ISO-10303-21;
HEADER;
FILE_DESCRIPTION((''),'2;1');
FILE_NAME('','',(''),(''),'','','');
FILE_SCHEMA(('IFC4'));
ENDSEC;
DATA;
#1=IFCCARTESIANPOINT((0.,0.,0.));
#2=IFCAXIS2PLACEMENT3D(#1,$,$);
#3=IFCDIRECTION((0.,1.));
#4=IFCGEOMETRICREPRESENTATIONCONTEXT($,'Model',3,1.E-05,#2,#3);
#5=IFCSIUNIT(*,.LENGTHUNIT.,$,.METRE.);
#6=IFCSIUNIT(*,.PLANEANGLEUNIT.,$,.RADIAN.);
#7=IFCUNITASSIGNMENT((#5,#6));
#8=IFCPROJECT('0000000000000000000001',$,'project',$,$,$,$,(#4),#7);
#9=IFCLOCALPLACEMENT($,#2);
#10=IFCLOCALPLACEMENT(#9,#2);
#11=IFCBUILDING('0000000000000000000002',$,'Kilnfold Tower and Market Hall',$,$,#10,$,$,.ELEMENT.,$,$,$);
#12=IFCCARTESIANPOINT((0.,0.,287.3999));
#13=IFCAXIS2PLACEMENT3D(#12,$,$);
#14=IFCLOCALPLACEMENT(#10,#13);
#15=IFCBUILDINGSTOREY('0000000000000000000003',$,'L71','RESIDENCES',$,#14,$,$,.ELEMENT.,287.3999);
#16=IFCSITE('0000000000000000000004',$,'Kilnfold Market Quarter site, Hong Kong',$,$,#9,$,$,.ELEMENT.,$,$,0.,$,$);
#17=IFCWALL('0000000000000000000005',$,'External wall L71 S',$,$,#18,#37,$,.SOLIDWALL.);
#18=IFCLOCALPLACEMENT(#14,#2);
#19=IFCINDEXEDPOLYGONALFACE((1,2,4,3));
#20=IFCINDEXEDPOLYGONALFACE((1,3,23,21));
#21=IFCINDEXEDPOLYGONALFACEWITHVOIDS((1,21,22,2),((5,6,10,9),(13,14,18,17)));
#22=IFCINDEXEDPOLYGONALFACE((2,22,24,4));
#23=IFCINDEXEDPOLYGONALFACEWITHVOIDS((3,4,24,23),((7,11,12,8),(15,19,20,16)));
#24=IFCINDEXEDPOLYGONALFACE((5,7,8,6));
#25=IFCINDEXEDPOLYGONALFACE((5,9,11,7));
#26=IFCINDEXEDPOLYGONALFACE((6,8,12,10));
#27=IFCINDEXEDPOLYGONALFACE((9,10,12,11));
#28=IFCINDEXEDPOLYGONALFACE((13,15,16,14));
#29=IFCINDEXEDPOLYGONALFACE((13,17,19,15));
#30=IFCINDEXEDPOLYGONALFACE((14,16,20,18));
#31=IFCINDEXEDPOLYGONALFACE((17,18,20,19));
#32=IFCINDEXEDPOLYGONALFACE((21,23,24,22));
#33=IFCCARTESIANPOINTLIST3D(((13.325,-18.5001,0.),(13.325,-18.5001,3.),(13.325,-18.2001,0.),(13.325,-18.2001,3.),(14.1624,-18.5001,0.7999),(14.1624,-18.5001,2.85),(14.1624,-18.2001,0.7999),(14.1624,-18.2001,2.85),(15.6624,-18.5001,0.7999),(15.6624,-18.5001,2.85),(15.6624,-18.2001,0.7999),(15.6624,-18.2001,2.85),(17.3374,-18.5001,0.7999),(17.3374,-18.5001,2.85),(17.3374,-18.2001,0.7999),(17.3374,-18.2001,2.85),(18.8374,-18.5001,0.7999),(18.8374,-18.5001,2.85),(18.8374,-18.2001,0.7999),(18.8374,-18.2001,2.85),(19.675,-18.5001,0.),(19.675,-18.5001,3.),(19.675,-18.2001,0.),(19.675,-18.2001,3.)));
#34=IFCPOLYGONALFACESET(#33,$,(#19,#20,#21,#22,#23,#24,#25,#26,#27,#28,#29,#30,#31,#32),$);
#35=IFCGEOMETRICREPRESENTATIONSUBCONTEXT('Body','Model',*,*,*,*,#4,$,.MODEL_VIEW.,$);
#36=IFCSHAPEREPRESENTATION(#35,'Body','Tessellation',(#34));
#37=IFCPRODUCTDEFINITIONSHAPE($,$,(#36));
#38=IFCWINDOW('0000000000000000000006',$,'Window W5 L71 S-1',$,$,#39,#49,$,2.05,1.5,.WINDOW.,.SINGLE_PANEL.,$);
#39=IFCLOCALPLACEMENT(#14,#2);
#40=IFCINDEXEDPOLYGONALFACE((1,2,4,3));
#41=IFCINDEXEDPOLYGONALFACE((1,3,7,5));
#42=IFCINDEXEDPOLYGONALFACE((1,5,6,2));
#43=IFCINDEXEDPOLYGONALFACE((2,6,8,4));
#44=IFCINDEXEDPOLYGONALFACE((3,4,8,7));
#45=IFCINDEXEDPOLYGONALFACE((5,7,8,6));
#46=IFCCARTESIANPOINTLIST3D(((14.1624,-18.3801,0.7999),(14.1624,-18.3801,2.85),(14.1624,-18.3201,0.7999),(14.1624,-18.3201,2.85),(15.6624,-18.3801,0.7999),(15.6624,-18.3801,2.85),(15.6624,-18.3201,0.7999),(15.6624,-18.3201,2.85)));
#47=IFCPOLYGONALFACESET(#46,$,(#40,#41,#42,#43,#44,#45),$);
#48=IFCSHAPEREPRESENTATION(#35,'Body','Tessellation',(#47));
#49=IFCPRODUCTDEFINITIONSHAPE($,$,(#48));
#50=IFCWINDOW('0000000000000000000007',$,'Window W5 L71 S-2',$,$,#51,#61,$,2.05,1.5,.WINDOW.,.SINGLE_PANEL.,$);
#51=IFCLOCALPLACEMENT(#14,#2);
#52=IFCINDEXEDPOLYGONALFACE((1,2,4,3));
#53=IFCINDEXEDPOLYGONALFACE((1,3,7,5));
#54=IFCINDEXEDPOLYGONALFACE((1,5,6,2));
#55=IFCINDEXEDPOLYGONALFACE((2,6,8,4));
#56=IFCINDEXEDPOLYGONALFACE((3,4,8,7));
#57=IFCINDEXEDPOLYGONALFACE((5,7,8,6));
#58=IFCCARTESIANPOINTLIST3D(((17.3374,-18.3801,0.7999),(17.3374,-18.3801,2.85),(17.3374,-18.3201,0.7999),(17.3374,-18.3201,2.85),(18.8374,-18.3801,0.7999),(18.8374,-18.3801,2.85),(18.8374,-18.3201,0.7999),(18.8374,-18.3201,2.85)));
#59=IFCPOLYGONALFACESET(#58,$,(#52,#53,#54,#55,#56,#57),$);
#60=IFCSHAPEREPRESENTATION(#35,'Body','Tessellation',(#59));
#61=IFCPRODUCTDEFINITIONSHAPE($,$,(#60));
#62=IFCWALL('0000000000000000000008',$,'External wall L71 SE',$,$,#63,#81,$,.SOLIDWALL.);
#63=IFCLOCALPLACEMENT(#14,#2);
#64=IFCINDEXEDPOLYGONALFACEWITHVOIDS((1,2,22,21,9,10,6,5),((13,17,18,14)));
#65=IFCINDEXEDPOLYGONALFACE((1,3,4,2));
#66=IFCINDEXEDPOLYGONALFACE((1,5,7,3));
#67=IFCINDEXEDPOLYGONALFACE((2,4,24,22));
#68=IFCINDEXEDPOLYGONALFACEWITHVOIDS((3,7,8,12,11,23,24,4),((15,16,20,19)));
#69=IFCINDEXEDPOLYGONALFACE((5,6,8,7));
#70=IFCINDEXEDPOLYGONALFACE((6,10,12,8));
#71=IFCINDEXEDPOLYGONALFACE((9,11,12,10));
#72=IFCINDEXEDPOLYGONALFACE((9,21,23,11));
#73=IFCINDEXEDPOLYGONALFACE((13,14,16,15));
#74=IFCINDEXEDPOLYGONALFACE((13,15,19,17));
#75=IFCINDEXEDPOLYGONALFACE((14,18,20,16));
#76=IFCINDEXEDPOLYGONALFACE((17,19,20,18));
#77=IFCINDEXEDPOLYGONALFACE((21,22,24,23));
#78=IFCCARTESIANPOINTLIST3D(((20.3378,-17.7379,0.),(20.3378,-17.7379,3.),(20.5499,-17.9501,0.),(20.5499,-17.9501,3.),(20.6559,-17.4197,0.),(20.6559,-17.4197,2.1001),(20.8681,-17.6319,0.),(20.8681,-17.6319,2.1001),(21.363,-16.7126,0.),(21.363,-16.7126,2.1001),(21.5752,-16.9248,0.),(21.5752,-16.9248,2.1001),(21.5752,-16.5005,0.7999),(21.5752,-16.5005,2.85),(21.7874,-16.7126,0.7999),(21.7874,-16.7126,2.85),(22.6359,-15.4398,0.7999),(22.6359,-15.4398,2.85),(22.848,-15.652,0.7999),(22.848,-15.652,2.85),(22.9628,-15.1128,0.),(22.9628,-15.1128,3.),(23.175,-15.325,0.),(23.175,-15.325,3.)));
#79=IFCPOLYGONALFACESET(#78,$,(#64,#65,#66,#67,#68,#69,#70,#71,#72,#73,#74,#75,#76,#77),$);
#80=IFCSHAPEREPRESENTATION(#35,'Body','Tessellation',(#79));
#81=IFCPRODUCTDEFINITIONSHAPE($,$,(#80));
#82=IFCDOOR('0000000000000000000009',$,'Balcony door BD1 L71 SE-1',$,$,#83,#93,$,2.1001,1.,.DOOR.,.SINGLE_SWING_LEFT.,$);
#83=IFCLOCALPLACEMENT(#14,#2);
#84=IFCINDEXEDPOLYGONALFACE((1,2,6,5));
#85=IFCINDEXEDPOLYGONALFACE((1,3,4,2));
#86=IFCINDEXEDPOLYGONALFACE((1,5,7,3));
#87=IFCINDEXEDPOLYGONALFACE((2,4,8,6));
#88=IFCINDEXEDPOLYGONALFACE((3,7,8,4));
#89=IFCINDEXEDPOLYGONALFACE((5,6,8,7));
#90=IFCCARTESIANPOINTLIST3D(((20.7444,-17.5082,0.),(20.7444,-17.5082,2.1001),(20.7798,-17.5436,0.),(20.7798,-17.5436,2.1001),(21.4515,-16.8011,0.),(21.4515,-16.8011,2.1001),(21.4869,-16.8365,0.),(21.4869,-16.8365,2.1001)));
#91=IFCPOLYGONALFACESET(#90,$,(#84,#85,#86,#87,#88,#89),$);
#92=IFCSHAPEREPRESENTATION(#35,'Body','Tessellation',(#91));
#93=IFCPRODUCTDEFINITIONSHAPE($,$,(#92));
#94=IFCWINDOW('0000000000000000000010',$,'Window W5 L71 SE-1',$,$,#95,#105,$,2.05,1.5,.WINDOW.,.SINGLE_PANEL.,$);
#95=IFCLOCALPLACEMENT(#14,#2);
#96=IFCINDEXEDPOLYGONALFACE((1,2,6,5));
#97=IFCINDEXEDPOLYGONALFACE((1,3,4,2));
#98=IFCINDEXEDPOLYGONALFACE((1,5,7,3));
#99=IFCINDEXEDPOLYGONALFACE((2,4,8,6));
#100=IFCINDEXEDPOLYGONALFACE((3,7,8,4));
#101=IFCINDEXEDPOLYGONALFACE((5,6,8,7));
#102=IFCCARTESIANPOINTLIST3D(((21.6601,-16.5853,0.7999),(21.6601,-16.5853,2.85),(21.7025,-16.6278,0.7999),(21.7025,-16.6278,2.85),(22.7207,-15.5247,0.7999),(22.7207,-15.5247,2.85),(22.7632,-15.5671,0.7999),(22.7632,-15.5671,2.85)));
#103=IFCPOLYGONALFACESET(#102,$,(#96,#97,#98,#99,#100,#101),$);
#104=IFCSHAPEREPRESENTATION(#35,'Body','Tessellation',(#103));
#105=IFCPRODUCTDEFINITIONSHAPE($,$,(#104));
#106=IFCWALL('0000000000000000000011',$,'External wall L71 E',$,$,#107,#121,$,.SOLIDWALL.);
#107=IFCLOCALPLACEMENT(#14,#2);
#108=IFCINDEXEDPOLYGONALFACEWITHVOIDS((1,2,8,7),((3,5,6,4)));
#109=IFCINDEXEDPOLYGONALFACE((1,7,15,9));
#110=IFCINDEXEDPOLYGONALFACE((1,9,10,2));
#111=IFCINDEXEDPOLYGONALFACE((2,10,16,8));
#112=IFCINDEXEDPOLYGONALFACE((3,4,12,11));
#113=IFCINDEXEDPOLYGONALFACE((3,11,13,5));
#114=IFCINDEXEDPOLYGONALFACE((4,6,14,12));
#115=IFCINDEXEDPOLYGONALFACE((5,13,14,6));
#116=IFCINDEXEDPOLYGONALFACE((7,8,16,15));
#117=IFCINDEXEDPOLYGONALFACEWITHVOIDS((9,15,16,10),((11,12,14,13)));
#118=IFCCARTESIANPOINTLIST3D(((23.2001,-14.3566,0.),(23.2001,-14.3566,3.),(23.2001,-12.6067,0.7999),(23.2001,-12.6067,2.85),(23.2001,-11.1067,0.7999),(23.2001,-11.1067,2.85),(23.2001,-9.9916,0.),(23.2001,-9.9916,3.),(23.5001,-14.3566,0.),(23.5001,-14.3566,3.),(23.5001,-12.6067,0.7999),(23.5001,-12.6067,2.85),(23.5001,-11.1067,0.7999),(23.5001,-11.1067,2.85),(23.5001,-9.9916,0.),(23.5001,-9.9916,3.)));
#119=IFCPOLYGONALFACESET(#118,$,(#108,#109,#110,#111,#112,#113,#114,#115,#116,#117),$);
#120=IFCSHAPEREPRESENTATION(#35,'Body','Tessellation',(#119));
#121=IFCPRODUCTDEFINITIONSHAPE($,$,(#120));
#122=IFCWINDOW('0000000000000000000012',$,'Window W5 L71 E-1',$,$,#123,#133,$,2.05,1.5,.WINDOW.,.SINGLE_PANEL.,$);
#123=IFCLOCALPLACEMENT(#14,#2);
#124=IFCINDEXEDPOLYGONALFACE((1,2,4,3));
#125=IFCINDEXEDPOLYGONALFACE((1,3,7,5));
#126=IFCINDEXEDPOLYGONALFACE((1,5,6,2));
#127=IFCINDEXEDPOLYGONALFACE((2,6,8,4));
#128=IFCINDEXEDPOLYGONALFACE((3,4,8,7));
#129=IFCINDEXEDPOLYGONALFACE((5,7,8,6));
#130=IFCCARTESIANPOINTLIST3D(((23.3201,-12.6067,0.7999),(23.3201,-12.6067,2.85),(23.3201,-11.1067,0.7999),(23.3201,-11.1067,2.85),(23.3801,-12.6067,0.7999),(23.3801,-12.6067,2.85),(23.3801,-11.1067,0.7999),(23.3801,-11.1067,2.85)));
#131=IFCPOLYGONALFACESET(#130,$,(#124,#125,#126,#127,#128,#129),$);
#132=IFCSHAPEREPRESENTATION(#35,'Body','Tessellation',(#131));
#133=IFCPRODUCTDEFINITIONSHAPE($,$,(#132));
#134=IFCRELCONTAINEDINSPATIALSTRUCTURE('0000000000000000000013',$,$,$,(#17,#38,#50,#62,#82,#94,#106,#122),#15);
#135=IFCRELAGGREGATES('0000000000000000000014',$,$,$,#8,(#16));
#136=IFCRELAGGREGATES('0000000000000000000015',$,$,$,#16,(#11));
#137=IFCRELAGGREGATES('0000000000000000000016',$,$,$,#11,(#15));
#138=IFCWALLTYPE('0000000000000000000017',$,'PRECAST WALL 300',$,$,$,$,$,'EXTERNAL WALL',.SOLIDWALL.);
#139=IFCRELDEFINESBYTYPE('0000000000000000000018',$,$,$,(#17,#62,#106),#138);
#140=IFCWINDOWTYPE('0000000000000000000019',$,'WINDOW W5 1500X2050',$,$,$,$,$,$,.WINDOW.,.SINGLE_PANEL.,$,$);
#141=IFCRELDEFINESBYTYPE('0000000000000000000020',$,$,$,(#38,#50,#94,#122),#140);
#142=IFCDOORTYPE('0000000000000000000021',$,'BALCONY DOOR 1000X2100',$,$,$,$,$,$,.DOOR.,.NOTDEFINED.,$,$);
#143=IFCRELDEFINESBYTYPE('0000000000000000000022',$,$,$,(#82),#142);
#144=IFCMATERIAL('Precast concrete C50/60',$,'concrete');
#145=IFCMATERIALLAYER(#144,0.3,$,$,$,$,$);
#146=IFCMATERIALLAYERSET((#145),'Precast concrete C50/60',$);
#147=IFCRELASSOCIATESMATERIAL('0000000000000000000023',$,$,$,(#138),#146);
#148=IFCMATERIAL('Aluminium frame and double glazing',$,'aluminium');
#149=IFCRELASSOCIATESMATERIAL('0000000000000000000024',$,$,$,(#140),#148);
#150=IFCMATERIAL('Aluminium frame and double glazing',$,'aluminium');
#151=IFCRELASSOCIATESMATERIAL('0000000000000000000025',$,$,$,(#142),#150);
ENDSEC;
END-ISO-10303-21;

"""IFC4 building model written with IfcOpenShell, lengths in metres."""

from ifc_helpers import new_model, si_unit, direction, frame, frame_2d, origin, place, context, subcontext, project, spatial, rectangle, extrude, source, transform, mapped, material, layer, layer_set, type_object, element, fill, save


model = new_model("IFC4")

# Units and contexts
model_context = context("Model", 3, precision=1e-05, world=origin(), true_north=direction((0.0, 1.0)))
body_context = subcontext(model_context, "Body", "Model", "MODEL_VIEW")
ifc_project = project(units=[si_unit("LENGTHUNIT", "METRE"), si_unit("PLANEANGLEUNIT", "RADIAN")], contexts=[model_context])

# Site, building, storey
site_placement = place(None, origin())
site = spatial("IfcSite", under=ifc_project, at=site_placement, Name="Kilnfold Market Quarter site, Hong Kong", CompositionType="ELEMENT", RefElevation=0.0)
building_placement = place(site_placement, origin())
building = spatial("IfcBuilding", under=site, at=building_placement, Name="Kilnfold Tower and Market Hall", CompositionType="ELEMENT")
storey_placement = place(building_placement, frame((0.0, 0.0, 287.3999)))
storey = spatial("IfcBuildingStorey", under=building, at=storey_placement, Name="L71", Description="RESIDENCES", CompositionType="ELEMENT", Elevation=287.3999)

# Wall, openings, windows
ifc_material_1 = material(Name="Precast concrete C50/60", Category="concrete")
ifc_layer_1 = layer(ifc_material_1, 0.3)
ifc_layer_set_1 = layer_set([ifc_layer_1], Name="Precast concrete C50/60")
wall_type_1 = type_object("IfcWallType", Name="PRECAST WALL 300", ElementType="EXTERNAL WALL", PredefinedType="SOLIDWALL", material=ifc_layer_set_1)
shared_shape_1 = source(origin(), body_context, "Body", "SweptSolid", [
    extrude(rectangle(XDim=6.3501, YDim=0.3, at=frame_2d((3.175, 0.0))), origin(), (0.0, 0.0, 1.0), 3.0),
])
wall_1_placement = place(storey_placement, frame((13.325, -18.3501, 0.0), z_axis=(0.0, 0.0, 1.0), x_axis=(1.0, 0.0, 0.0)))
wall_1 = element("IfcWall", 1, at=wall_1_placement, inside=storey, type_object=wall_type_1, Name="External wall L71 S", PredefinedType="SOLIDWALL", context=body_context, shape_type="MappedRepresentation", body=[
    mapped(shared_shape_1, transform((0.0, 0.0, 0.0))),
])
opening_1_placement = place(wall_1_placement, frame((0.8374, 0.0, 0.8)))
opening_1 = element("IfcOpeningElement", 2, at=opening_1_placement, cuts=wall_1, PredefinedType="OPENING", context=body_context, shape_type="SweptSolid", body=[
    extrude(rectangle(XDim=1.5, YDim=2.05, at=frame_2d((0.75, 1.0249))), frame((0.0, 0.1602, 0.0), z_axis=(0.0, -1.0, 0.0), x_axis=(1.0, 0.0, 0.0)), (0.0, 0.0, 1.0), 0.3201),
])
opening_2_placement = place(wall_1_placement, frame((4.0125, 0.0, 0.8)))
opening_2 = element("IfcOpeningElement", 3, at=opening_2_placement, cuts=wall_1, PredefinedType="OPENING", context=body_context, shape_type="SweptSolid", body=[
    extrude(rectangle(XDim=1.5, YDim=2.05, at=frame_2d((0.75, 1.0249))), frame((0.0, 0.1602, 0.0), z_axis=(0.0, -1.0, 0.0), x_axis=(1.0, 0.0, 0.0)), (0.0, 0.0, 1.0), 0.3201),
])
ifc_material_2 = material(Name="Aluminium frame and double glazing", Category="aluminium")
window_type = type_object("IfcWindowType", Name="WINDOW W5 1500X2050", PartitioningType="SINGLE_PANEL", PredefinedType="WINDOW", material=ifc_material_2)
window_1_placement = place(opening_1_placement, origin())
window_1 = element("IfcWindow", 4, at=window_1_placement, inside=storey, type_object=window_type, Name="Window W5 L71 S-1", OverallHeight=2.05, OverallWidth=1.5, PartitioningType="SINGLE_PANEL", PredefinedType="WINDOW", context=body_context, shape_type="SweptSolid", body=[
    extrude(rectangle(XDim=1.5, YDim=2.05, at=frame_2d((0.75, 1.0249))), frame((0.0, 0.03, 0.0), z_axis=(0.0, -1.0, 0.0), x_axis=(1.0, 0.0, 0.0)), (0.0, 0.0, 1.0), 0.0601),
])
fill(opening_1, window_1)
window_2_placement = place(opening_2_placement, origin())
window_2 = element("IfcWindow", 5, at=window_2_placement, inside=storey, type_object=window_type, Name="Window W5 L71 S-2", OverallHeight=2.05, OverallWidth=1.5, PartitioningType="SINGLE_PANEL", PredefinedType="WINDOW", context=body_context, shape_type="SweptSolid", body=[
    extrude(rectangle(XDim=1.5, YDim=2.05, at=frame_2d((0.75, 1.0249))), frame((0.0, 0.03, 0.0), z_axis=(0.0, -1.0, 0.0), x_axis=(1.0, 0.0, 0.0)), (0.0, 0.0, 1.0), 0.0601),
])
fill(opening_2, window_2)

# Wall, openings, door, window
shared_shape_2 = source(origin(), body_context, "Body", "SweptSolid", [
    extrude(rectangle(XDim=3.7124, YDim=0.3, at=frame_2d((1.8562, 0.0))), origin(), (0.0, 0.0, 1.0), 3.0),
])
wall_2_placement = place(storey_placement, frame((20.4438, -17.844, 0.0), z_axis=(0.0, 0.0, 1.0), x_axis=(0.707107, 0.707107, 0.0)))
wall_2 = element("IfcWall", 6, at=wall_2_placement, inside=storey, type_object=wall_type_1, Name="External wall L71 SE", PredefinedType="SOLIDWALL", context=body_context, shape_type="MappedRepresentation", body=[
    mapped(shared_shape_2, transform((0.0, 0.0, 0.0))),
])
opening_3_placement = place(wall_2_placement, frame((1.75, 0.0, 0.8)))
opening_3 = element("IfcOpeningElement", 7, at=opening_3_placement, cuts=wall_2, PredefinedType="OPENING", context=body_context, shape_type="SweptSolid", body=[
    extrude(rectangle(XDim=1.5, YDim=2.05, at=frame_2d((0.75, 1.0249))), frame((0.0, 0.1602, 0.0), z_axis=(0.0, -1.0, 0.0), x_axis=(1.0, 0.0, 0.0)), (0.0, 0.0, 1.0), 0.3201),
])
opening_4_placement = place(wall_2_placement, frame((0.45, 0.0, 0.0)))
opening_4 = element("IfcOpeningElement", 8, at=opening_4_placement, cuts=wall_2, PredefinedType="OPENING", context=body_context, shape_type="SweptSolid", body=[
    extrude(rectangle(XDim=1.0, YDim=2.1001, at=frame_2d((0.5, 1.05))), frame((0.0, 0.1602, 0.0), z_axis=(0.0, -1.0, 0.0), x_axis=(1.0, 0.0, 0.0)), (0.0, 0.0, 1.0), 0.3201),
])
ifc_material_3 = material(Name="Aluminium frame and double glazing", Category="aluminium")
door_type = type_object("IfcDoorType", Name="BALCONY DOOR 1000X2100", OperationType="NOTDEFINED", PredefinedType="DOOR", material=ifc_material_3)
door_placement = place(opening_4_placement, origin())
door = element("IfcDoor", 9, at=door_placement, inside=storey, type_object=door_type, Name="Balcony door BD1 L71 SE-1", OperationType="SINGLE_SWING_LEFT", OverallHeight=2.1001, OverallWidth=1.0, PredefinedType="DOOR", context=body_context, shape_type="SweptSolid", body=[
    extrude(rectangle(XDim=1.0, YDim=2.1001, at=frame_2d((0.5, 1.05))), frame((0.0, 0.0249, 0.0), z_axis=(0.0, -1.0, 0.0), x_axis=(1.0, 0.0, 0.0)), (0.0, 0.0, 1.0), 0.05),
])
fill(opening_4, door)
window_3_placement = place(opening_3_placement, origin())
window_3 = element("IfcWindow", 10, at=window_3_placement, inside=storey, type_object=window_type, Name="Window W5 L71 SE-1", OverallHeight=2.05, OverallWidth=1.5, PartitioningType="SINGLE_PANEL", PredefinedType="WINDOW", context=body_context, shape_type="SweptSolid", body=[
    extrude(rectangle(XDim=1.5, YDim=2.05, at=frame_2d((0.75, 1.0249))), frame((0.0, 0.03, 0.0), z_axis=(0.0, -1.0, 0.0), x_axis=(1.0, 0.0, 0.0)), (0.0, 0.0, 1.0), 0.0601),
])
fill(opening_3, window_3)

# Wall, opening, window
shared_shape_3 = source(origin(), body_context, "Body", "SweptSolid", [
    extrude(rectangle(XDim=4.365, YDim=0.3, at=frame_2d((2.1826, 0.0))), origin(), (0.0, 0.0, 1.0), 3.0),
])
wall_3_placement = place(storey_placement, frame((23.3501, -14.3567, 0.0), z_axis=(0.0, 0.0, 1.0), x_axis=(0.0, 1.0, 0.0)))
wall_3 = element("IfcWall", 11, at=wall_3_placement, inside=storey, type_object=wall_type_1, Name="External wall L71 E", PredefinedType="SOLIDWALL", context=body_context, shape_type="MappedRepresentation", body=[
    mapped(shared_shape_3, transform((0.0, 0.0, 0.0))),
])
opening_5_placement = place(wall_3_placement, frame((1.75, 0.0, 0.8)))
opening_5 = element("IfcOpeningElement", 12, at=opening_5_placement, cuts=wall_3, PredefinedType="OPENING", context=body_context, shape_type="SweptSolid", body=[
    extrude(rectangle(XDim=1.5, YDim=2.05, at=frame_2d((0.75, 1.0249))), frame((0.0, 0.1602, 0.0), z_axis=(0.0, -1.0, 0.0), x_axis=(1.0, 0.0, 0.0)), (0.0, 0.0, 1.0), 0.3201),
])
window_4_placement = place(opening_5_placement, origin())
window_4 = element("IfcWindow", 13, at=window_4_placement, inside=storey, type_object=window_type, Name="Window W5 L71 E-1", OverallHeight=2.05, OverallWidth=1.5, PartitioningType="SINGLE_PANEL", PredefinedType="WINDOW", context=body_context, shape_type="SweptSolid", body=[
    extrude(rectangle(XDim=1.5, YDim=2.05, at=frame_2d((0.75, 1.0249))), frame((0.0, 0.03, 0.0), z_axis=(0.0, -1.0, 0.0), x_axis=(1.0, 0.0, 0.0)), (0.0, 0.0, 1.0), 0.0601),
])
fill(opening_5, window_4)

save(model, "model.ifc")
